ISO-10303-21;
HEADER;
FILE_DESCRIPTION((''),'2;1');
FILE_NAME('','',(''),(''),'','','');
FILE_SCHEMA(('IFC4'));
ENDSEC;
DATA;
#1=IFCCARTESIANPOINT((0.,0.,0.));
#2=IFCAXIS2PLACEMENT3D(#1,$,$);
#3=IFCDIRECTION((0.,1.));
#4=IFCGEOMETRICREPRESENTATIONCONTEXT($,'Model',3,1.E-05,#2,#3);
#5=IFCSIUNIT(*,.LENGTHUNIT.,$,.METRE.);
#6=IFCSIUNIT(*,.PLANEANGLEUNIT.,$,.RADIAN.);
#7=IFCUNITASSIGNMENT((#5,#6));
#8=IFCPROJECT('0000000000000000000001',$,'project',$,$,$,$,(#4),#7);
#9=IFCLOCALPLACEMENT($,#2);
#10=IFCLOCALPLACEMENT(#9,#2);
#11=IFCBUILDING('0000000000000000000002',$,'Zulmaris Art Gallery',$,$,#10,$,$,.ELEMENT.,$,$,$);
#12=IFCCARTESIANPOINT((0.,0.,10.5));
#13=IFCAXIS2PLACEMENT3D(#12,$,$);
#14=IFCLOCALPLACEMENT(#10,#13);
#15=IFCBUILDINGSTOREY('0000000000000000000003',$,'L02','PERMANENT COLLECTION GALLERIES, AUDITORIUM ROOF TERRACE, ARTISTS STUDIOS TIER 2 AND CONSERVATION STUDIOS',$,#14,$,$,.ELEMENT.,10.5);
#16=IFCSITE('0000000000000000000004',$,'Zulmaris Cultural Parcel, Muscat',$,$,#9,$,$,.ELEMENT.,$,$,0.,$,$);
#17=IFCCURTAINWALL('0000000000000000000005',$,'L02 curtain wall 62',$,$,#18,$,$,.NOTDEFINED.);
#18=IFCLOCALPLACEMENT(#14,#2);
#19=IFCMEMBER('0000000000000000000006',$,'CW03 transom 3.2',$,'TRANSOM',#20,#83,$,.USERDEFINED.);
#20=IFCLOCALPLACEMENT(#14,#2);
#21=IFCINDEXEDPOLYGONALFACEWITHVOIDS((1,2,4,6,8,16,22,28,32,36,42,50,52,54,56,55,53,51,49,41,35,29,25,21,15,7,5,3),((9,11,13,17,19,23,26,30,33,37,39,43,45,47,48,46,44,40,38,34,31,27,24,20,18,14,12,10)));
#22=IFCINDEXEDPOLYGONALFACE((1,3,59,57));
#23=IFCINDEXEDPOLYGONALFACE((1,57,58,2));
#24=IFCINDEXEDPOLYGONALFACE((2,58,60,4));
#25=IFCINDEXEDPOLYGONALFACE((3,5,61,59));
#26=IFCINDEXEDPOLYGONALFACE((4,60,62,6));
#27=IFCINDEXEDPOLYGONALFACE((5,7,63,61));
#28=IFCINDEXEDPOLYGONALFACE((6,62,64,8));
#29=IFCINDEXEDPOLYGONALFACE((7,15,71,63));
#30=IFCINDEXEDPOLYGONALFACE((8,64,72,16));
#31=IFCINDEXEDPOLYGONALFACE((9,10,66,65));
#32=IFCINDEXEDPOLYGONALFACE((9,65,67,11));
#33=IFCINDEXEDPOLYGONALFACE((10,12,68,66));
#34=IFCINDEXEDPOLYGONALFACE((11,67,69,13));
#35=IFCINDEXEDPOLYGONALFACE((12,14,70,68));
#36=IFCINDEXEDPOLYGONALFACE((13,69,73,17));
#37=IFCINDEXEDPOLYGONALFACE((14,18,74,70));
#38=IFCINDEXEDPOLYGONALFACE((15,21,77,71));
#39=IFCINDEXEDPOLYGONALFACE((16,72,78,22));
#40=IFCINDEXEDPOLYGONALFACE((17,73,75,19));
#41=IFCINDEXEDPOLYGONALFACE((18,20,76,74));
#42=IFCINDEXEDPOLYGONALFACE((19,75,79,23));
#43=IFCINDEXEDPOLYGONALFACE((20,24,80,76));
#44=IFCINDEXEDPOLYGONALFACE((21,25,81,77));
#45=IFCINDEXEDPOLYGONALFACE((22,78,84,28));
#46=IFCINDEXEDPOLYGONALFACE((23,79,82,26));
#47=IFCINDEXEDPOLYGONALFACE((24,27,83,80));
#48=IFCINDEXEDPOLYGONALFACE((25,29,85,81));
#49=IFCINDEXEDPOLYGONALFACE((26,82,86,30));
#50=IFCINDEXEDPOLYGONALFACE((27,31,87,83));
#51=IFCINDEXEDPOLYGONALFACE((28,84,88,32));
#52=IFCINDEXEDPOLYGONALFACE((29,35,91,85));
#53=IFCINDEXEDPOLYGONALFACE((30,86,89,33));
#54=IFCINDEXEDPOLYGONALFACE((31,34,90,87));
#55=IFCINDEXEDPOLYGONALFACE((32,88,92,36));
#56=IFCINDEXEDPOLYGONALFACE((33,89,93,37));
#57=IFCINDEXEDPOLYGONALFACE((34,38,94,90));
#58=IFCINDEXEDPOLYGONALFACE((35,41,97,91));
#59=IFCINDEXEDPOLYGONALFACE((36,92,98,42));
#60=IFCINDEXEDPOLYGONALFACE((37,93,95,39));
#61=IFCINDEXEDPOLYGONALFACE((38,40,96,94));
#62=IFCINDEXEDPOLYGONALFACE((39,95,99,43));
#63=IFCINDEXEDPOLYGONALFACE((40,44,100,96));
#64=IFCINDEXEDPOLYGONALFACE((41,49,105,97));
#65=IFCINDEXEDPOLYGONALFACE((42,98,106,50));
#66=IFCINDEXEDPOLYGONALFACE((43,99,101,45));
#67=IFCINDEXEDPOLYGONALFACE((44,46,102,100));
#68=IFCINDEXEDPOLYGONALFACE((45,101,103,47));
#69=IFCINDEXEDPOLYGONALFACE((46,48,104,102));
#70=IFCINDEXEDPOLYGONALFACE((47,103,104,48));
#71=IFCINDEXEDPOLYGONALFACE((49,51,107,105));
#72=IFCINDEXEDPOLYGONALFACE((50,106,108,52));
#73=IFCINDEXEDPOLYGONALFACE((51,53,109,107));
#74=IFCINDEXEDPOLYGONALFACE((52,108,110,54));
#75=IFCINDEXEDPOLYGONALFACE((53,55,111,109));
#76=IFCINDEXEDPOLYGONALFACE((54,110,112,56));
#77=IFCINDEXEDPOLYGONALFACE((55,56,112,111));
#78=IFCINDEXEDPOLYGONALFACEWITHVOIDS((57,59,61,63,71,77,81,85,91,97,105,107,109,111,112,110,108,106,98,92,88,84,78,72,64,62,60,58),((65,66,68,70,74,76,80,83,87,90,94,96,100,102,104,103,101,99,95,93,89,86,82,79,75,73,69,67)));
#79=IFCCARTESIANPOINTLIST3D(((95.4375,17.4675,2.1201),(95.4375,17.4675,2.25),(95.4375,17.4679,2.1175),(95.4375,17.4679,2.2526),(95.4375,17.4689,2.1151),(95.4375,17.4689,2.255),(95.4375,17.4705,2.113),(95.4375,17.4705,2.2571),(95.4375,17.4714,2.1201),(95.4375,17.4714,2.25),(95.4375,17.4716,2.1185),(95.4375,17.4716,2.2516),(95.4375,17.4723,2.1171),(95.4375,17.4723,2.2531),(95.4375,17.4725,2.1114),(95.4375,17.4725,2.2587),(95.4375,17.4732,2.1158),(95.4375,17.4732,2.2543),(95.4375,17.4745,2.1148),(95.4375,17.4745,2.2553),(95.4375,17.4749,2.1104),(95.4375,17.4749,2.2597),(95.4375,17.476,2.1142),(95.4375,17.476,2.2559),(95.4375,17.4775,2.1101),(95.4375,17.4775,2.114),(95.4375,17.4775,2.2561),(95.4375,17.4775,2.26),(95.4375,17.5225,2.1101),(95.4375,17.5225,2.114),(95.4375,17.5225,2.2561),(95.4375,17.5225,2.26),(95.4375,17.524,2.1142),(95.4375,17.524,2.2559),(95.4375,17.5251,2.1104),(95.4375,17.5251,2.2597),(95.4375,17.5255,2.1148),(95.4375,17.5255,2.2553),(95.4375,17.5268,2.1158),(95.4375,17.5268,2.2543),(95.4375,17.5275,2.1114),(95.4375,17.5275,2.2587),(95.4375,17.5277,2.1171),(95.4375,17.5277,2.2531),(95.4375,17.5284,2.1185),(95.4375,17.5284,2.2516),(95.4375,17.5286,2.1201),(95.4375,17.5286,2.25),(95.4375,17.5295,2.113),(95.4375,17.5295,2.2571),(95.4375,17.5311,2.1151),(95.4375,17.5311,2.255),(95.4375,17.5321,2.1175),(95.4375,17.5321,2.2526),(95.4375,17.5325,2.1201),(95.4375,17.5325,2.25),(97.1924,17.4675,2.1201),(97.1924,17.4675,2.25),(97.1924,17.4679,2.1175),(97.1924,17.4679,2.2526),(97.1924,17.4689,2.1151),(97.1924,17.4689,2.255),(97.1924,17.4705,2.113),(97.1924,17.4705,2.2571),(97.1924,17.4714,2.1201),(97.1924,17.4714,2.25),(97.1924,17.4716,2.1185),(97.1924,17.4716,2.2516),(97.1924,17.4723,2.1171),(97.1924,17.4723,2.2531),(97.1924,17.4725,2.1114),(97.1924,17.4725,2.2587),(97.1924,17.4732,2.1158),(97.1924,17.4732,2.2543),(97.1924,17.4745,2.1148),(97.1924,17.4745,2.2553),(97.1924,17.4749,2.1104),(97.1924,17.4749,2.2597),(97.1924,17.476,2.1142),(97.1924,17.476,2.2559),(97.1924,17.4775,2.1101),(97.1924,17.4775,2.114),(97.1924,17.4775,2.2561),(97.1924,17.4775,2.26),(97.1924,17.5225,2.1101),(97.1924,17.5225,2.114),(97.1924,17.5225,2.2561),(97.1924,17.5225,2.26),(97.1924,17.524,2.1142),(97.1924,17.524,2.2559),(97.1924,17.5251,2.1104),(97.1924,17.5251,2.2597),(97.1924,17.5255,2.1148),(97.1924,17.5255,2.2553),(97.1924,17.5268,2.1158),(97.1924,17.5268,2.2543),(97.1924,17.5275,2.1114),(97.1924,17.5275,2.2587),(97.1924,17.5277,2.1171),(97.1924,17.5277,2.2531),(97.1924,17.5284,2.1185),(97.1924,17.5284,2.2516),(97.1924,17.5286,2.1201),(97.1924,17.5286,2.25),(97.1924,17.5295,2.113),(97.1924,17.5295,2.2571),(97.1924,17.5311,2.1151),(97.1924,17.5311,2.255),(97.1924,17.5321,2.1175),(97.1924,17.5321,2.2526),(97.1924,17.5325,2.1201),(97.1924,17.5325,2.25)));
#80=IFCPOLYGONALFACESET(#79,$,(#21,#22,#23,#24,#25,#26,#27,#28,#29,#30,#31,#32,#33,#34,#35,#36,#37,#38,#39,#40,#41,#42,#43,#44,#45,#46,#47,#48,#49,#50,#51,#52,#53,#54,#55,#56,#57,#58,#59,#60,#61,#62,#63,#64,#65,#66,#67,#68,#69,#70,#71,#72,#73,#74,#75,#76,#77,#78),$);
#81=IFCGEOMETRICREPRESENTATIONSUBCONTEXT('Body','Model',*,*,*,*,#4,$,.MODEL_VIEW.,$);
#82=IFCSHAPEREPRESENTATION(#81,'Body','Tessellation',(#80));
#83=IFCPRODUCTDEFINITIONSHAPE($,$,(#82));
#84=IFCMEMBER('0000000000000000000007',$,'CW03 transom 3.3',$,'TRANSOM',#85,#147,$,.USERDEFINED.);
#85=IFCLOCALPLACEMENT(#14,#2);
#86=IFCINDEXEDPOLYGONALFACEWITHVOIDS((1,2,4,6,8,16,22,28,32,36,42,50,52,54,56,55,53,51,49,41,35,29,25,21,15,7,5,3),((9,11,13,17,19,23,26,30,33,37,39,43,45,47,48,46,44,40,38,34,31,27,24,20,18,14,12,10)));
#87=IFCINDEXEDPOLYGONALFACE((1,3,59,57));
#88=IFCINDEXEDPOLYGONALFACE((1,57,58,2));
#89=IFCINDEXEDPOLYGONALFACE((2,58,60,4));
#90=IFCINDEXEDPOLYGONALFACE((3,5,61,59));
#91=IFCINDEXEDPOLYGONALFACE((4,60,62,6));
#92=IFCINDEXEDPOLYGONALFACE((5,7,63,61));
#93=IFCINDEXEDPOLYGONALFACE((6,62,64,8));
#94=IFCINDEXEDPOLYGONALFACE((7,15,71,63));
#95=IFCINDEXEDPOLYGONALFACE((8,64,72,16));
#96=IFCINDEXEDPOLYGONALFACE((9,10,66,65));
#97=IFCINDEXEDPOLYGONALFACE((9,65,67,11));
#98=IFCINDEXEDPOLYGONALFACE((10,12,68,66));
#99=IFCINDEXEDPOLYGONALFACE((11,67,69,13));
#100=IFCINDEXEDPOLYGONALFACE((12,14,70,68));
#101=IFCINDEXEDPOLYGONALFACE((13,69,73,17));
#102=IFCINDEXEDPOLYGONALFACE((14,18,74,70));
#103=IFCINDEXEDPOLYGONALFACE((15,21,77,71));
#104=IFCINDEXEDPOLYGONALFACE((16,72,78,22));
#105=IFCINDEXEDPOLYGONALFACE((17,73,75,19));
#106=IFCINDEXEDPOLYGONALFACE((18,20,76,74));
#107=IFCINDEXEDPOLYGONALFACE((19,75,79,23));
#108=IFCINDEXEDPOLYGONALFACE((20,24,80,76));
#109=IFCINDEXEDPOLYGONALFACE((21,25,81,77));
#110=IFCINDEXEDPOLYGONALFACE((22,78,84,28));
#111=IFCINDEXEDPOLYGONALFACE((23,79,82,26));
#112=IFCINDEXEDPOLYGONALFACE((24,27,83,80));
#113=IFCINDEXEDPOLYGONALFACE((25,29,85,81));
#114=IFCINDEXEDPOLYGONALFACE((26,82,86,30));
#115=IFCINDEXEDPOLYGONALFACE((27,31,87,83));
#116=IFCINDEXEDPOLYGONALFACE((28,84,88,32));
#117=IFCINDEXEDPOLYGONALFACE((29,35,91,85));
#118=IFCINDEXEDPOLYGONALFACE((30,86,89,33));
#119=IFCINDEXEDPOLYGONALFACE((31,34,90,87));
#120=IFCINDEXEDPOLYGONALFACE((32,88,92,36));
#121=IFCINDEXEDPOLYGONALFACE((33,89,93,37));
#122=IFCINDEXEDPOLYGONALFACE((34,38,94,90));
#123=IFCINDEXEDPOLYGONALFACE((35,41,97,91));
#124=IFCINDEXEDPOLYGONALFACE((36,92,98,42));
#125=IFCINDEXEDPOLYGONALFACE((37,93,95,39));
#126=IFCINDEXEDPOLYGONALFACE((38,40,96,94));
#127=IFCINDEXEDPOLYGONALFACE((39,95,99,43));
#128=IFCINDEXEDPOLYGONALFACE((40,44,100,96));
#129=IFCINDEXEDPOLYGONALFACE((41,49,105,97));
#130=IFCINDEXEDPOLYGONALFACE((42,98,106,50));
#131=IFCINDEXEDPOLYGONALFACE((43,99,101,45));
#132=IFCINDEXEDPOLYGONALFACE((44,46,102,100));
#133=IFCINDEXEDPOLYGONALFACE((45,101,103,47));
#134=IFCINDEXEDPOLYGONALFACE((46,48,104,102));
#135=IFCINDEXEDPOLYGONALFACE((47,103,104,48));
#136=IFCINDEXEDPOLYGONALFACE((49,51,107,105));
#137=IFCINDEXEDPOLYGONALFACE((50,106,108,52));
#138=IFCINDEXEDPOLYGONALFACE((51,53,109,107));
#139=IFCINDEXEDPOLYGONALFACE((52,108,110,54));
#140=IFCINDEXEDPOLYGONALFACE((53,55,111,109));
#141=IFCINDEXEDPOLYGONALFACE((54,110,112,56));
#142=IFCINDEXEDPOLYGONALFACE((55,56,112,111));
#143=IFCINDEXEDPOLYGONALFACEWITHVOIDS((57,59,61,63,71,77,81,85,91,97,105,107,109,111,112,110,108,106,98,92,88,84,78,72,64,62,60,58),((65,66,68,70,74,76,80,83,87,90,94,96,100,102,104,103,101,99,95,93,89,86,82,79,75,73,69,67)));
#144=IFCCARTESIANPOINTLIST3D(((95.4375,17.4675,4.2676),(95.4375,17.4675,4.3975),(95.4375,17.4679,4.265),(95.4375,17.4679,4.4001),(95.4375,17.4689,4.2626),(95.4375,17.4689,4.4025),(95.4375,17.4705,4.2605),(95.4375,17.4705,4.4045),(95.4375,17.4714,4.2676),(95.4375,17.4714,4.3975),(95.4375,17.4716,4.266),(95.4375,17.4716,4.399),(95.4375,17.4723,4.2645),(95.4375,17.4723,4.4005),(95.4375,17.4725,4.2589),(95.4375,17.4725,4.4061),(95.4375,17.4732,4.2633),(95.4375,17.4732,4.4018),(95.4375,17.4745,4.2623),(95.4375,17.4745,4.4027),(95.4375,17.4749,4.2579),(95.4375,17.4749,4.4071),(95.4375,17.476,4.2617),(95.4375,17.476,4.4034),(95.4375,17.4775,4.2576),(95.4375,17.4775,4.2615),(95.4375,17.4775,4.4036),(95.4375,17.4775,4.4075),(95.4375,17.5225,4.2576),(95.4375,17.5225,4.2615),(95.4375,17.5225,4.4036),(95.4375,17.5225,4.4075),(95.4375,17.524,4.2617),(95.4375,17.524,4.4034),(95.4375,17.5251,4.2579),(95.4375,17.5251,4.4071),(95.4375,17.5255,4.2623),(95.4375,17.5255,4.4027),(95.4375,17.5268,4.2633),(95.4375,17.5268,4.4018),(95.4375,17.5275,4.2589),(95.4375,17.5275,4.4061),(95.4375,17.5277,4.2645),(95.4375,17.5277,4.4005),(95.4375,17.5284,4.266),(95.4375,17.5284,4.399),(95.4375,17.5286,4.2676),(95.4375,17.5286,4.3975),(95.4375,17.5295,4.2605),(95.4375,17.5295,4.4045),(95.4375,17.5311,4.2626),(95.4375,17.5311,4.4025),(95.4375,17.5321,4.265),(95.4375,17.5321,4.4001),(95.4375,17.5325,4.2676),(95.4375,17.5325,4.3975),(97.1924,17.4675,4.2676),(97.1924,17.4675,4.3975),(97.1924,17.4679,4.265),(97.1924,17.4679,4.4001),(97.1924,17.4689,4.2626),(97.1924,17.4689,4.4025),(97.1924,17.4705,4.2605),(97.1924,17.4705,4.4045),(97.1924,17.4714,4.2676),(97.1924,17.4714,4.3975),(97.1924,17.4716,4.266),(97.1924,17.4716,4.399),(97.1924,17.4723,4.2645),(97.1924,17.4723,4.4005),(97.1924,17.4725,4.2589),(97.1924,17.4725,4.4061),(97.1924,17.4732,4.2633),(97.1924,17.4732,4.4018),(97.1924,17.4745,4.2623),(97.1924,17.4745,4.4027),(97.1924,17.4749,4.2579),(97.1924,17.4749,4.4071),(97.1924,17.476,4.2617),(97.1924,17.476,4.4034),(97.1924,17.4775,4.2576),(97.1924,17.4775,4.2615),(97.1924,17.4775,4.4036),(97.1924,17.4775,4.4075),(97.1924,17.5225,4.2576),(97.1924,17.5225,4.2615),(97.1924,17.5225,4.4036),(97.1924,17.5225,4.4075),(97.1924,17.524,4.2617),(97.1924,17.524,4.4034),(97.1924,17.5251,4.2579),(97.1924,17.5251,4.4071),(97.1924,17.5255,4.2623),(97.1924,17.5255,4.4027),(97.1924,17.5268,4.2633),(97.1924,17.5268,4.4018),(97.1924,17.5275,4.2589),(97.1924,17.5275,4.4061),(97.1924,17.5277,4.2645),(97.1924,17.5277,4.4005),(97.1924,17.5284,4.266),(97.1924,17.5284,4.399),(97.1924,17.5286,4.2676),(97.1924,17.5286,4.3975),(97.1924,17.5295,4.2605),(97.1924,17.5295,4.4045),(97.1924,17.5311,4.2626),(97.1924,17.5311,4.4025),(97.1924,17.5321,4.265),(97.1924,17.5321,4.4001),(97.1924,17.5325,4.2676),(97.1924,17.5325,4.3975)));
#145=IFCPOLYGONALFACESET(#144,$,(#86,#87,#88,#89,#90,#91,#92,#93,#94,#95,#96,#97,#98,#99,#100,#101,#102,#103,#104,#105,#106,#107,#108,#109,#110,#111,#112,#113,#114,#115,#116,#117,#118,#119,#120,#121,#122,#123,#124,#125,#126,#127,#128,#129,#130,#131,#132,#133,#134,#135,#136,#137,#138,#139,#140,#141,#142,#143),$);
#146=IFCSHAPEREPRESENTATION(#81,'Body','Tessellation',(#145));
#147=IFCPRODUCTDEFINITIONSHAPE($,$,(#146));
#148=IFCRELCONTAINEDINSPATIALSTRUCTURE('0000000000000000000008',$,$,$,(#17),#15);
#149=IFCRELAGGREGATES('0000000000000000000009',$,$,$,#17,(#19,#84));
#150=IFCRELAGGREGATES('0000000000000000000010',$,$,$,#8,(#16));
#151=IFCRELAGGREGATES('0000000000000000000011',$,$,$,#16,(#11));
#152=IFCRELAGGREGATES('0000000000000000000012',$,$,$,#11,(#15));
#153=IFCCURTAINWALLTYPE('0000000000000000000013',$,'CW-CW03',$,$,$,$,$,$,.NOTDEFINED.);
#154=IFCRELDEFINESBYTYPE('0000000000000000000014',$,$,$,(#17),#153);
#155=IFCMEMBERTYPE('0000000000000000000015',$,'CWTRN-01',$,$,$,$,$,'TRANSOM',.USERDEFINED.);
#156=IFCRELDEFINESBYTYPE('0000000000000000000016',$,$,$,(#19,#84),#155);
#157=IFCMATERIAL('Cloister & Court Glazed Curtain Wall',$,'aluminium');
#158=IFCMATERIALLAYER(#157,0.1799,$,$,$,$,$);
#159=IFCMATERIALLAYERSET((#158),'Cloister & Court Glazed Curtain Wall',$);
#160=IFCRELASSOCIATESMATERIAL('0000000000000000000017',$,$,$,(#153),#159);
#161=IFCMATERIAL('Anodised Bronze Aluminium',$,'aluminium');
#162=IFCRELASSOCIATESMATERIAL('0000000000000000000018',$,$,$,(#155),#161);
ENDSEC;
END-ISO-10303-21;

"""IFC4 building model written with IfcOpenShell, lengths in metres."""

from ifc_helpers import new_model, si_unit, direction, frame, origin, origin_2d, place, context, subcontext, project, spatial, hollow_rectangle, extrude, material, layer, layer_set, material_profile, profile_set, type_object, element, aggregate, save


model = new_model("IFC4")

# Units and contexts
model_context = context("Model", 3, precision=1e-05, world=origin(), true_north=direction((0.0, 1.0)))
body_context = subcontext(model_context, "Body", "Model", "MODEL_VIEW")
ifc_project = project(units=[si_unit("LENGTHUNIT", "METRE"), si_unit("PLANEANGLEUNIT", "RADIAN")], contexts=[model_context])

# Site, building, storey
site_placement = place(None, origin())
site = spatial("IfcSite", under=ifc_project, at=site_placement, Name="Zulmaris Cultural Parcel, Muscat", CompositionType="ELEMENT", RefElevation=0.0)
building_placement = place(site_placement, origin())
building = spatial("IfcBuilding", under=site, at=building_placement, Name="Zulmaris Art Gallery", CompositionType="ELEMENT")
storey_placement = place(building_placement, frame((0.0, 0.0, 10.5)))
storey = spatial("IfcBuildingStorey", under=building, at=storey_placement, Name="L02", Description="PERMANENT COLLECTION GALLERIES, AUDITORIUM ROOF TERRACE, ARTISTS STUDIOS TIER 2 AND CONSERVATION STUDIOS", CompositionType="ELEMENT", Elevation=10.5)

# Curtain wall
ifc_material_1 = material(Name="Cloister & Court Glazed Curtain Wall", Category="aluminium")
ifc_layer_1 = layer(ifc_material_1, 0.1799)
ifc_layer_set_1 = layer_set([ifc_layer_1], Name="Cloister & Court Glazed Curtain Wall")
curtain_wall_type = type_object("IfcCurtainWallType", Name="CW-CW03", PredefinedType="NOTDEFINED", material=ifc_layer_set_1)
curtain_wall_1_placement = place(storey_placement, origin())
curtain_wall_1 = element("IfcCurtainWall", 1, at=curtain_wall_1_placement, inside=storey, type_object=curtain_wall_type, Name="L02 curtain wall 62", PredefinedType="NOTDEFINED")
ifc_material_2 = material(Name="Anodised Bronze Aluminium", Category="aluminium")

# Members
ifc_material_profile_1 = material_profile(ifc_material_2, hollow_rectangle(XDim=0.0649, YDim=0.1499, WallThickness=0.0039, InnerFilletRadius=0.0061, OuterFilletRadius=0.01, at=origin_2d()), Name="ALU 65x150x4")
ifc_profile_set_1 = profile_set([ifc_material_profile_1], Name="Anodised Bronze Aluminium")
member_type_1 = type_object("IfcMemberType", Name="CWTRN-01", ElementType="TRANSOM", PredefinedType="USERDEFINED", material=ifc_profile_set_1)
member_1_placement = place(storey_placement, frame((95.4375, 17.5, 2.1851), z_axis=(1.0, 0.0, 0.0), x_axis=(0.0, 1.0, 0.0)))
member_1 = element("IfcMember", 2, at=member_1_placement, type_object=member_type_1, Name="CW03 transom 3.2", ObjectType="TRANSOM", PredefinedType="USERDEFINED", context=body_context, shape_type="SweptSolid", body=[
    extrude(hollow_rectangle(XDim=0.0649, YDim=0.1499, WallThickness=0.0039, InnerFilletRadius=0.0061, OuterFilletRadius=0.01, at=origin_2d()), origin(), (0.0, 0.0, 1.0), 1.7549),
])
member_2_placement = place(storey_placement, frame((95.4375, 17.5, 4.3325), z_axis=(1.0, 0.0, 0.0), x_axis=(0.0, 1.0, 0.0)))
member_2 = element("IfcMember", 3, at=member_2_placement, type_object=member_type_1, Name="CW03 transom 3.3", ObjectType="TRANSOM", PredefinedType="USERDEFINED", context=body_context, shape_type="SweptSolid", body=[
    extrude(hollow_rectangle(XDim=0.0649, YDim=0.1499, WallThickness=0.0039, InnerFilletRadius=0.0061, OuterFilletRadius=0.01, at=origin_2d()), origin(), (0.0, 0.0, 1.0), 1.7549),
])

aggregate(curtain_wall_1, [member_1, member_2])

save(model, "model.ifc")
